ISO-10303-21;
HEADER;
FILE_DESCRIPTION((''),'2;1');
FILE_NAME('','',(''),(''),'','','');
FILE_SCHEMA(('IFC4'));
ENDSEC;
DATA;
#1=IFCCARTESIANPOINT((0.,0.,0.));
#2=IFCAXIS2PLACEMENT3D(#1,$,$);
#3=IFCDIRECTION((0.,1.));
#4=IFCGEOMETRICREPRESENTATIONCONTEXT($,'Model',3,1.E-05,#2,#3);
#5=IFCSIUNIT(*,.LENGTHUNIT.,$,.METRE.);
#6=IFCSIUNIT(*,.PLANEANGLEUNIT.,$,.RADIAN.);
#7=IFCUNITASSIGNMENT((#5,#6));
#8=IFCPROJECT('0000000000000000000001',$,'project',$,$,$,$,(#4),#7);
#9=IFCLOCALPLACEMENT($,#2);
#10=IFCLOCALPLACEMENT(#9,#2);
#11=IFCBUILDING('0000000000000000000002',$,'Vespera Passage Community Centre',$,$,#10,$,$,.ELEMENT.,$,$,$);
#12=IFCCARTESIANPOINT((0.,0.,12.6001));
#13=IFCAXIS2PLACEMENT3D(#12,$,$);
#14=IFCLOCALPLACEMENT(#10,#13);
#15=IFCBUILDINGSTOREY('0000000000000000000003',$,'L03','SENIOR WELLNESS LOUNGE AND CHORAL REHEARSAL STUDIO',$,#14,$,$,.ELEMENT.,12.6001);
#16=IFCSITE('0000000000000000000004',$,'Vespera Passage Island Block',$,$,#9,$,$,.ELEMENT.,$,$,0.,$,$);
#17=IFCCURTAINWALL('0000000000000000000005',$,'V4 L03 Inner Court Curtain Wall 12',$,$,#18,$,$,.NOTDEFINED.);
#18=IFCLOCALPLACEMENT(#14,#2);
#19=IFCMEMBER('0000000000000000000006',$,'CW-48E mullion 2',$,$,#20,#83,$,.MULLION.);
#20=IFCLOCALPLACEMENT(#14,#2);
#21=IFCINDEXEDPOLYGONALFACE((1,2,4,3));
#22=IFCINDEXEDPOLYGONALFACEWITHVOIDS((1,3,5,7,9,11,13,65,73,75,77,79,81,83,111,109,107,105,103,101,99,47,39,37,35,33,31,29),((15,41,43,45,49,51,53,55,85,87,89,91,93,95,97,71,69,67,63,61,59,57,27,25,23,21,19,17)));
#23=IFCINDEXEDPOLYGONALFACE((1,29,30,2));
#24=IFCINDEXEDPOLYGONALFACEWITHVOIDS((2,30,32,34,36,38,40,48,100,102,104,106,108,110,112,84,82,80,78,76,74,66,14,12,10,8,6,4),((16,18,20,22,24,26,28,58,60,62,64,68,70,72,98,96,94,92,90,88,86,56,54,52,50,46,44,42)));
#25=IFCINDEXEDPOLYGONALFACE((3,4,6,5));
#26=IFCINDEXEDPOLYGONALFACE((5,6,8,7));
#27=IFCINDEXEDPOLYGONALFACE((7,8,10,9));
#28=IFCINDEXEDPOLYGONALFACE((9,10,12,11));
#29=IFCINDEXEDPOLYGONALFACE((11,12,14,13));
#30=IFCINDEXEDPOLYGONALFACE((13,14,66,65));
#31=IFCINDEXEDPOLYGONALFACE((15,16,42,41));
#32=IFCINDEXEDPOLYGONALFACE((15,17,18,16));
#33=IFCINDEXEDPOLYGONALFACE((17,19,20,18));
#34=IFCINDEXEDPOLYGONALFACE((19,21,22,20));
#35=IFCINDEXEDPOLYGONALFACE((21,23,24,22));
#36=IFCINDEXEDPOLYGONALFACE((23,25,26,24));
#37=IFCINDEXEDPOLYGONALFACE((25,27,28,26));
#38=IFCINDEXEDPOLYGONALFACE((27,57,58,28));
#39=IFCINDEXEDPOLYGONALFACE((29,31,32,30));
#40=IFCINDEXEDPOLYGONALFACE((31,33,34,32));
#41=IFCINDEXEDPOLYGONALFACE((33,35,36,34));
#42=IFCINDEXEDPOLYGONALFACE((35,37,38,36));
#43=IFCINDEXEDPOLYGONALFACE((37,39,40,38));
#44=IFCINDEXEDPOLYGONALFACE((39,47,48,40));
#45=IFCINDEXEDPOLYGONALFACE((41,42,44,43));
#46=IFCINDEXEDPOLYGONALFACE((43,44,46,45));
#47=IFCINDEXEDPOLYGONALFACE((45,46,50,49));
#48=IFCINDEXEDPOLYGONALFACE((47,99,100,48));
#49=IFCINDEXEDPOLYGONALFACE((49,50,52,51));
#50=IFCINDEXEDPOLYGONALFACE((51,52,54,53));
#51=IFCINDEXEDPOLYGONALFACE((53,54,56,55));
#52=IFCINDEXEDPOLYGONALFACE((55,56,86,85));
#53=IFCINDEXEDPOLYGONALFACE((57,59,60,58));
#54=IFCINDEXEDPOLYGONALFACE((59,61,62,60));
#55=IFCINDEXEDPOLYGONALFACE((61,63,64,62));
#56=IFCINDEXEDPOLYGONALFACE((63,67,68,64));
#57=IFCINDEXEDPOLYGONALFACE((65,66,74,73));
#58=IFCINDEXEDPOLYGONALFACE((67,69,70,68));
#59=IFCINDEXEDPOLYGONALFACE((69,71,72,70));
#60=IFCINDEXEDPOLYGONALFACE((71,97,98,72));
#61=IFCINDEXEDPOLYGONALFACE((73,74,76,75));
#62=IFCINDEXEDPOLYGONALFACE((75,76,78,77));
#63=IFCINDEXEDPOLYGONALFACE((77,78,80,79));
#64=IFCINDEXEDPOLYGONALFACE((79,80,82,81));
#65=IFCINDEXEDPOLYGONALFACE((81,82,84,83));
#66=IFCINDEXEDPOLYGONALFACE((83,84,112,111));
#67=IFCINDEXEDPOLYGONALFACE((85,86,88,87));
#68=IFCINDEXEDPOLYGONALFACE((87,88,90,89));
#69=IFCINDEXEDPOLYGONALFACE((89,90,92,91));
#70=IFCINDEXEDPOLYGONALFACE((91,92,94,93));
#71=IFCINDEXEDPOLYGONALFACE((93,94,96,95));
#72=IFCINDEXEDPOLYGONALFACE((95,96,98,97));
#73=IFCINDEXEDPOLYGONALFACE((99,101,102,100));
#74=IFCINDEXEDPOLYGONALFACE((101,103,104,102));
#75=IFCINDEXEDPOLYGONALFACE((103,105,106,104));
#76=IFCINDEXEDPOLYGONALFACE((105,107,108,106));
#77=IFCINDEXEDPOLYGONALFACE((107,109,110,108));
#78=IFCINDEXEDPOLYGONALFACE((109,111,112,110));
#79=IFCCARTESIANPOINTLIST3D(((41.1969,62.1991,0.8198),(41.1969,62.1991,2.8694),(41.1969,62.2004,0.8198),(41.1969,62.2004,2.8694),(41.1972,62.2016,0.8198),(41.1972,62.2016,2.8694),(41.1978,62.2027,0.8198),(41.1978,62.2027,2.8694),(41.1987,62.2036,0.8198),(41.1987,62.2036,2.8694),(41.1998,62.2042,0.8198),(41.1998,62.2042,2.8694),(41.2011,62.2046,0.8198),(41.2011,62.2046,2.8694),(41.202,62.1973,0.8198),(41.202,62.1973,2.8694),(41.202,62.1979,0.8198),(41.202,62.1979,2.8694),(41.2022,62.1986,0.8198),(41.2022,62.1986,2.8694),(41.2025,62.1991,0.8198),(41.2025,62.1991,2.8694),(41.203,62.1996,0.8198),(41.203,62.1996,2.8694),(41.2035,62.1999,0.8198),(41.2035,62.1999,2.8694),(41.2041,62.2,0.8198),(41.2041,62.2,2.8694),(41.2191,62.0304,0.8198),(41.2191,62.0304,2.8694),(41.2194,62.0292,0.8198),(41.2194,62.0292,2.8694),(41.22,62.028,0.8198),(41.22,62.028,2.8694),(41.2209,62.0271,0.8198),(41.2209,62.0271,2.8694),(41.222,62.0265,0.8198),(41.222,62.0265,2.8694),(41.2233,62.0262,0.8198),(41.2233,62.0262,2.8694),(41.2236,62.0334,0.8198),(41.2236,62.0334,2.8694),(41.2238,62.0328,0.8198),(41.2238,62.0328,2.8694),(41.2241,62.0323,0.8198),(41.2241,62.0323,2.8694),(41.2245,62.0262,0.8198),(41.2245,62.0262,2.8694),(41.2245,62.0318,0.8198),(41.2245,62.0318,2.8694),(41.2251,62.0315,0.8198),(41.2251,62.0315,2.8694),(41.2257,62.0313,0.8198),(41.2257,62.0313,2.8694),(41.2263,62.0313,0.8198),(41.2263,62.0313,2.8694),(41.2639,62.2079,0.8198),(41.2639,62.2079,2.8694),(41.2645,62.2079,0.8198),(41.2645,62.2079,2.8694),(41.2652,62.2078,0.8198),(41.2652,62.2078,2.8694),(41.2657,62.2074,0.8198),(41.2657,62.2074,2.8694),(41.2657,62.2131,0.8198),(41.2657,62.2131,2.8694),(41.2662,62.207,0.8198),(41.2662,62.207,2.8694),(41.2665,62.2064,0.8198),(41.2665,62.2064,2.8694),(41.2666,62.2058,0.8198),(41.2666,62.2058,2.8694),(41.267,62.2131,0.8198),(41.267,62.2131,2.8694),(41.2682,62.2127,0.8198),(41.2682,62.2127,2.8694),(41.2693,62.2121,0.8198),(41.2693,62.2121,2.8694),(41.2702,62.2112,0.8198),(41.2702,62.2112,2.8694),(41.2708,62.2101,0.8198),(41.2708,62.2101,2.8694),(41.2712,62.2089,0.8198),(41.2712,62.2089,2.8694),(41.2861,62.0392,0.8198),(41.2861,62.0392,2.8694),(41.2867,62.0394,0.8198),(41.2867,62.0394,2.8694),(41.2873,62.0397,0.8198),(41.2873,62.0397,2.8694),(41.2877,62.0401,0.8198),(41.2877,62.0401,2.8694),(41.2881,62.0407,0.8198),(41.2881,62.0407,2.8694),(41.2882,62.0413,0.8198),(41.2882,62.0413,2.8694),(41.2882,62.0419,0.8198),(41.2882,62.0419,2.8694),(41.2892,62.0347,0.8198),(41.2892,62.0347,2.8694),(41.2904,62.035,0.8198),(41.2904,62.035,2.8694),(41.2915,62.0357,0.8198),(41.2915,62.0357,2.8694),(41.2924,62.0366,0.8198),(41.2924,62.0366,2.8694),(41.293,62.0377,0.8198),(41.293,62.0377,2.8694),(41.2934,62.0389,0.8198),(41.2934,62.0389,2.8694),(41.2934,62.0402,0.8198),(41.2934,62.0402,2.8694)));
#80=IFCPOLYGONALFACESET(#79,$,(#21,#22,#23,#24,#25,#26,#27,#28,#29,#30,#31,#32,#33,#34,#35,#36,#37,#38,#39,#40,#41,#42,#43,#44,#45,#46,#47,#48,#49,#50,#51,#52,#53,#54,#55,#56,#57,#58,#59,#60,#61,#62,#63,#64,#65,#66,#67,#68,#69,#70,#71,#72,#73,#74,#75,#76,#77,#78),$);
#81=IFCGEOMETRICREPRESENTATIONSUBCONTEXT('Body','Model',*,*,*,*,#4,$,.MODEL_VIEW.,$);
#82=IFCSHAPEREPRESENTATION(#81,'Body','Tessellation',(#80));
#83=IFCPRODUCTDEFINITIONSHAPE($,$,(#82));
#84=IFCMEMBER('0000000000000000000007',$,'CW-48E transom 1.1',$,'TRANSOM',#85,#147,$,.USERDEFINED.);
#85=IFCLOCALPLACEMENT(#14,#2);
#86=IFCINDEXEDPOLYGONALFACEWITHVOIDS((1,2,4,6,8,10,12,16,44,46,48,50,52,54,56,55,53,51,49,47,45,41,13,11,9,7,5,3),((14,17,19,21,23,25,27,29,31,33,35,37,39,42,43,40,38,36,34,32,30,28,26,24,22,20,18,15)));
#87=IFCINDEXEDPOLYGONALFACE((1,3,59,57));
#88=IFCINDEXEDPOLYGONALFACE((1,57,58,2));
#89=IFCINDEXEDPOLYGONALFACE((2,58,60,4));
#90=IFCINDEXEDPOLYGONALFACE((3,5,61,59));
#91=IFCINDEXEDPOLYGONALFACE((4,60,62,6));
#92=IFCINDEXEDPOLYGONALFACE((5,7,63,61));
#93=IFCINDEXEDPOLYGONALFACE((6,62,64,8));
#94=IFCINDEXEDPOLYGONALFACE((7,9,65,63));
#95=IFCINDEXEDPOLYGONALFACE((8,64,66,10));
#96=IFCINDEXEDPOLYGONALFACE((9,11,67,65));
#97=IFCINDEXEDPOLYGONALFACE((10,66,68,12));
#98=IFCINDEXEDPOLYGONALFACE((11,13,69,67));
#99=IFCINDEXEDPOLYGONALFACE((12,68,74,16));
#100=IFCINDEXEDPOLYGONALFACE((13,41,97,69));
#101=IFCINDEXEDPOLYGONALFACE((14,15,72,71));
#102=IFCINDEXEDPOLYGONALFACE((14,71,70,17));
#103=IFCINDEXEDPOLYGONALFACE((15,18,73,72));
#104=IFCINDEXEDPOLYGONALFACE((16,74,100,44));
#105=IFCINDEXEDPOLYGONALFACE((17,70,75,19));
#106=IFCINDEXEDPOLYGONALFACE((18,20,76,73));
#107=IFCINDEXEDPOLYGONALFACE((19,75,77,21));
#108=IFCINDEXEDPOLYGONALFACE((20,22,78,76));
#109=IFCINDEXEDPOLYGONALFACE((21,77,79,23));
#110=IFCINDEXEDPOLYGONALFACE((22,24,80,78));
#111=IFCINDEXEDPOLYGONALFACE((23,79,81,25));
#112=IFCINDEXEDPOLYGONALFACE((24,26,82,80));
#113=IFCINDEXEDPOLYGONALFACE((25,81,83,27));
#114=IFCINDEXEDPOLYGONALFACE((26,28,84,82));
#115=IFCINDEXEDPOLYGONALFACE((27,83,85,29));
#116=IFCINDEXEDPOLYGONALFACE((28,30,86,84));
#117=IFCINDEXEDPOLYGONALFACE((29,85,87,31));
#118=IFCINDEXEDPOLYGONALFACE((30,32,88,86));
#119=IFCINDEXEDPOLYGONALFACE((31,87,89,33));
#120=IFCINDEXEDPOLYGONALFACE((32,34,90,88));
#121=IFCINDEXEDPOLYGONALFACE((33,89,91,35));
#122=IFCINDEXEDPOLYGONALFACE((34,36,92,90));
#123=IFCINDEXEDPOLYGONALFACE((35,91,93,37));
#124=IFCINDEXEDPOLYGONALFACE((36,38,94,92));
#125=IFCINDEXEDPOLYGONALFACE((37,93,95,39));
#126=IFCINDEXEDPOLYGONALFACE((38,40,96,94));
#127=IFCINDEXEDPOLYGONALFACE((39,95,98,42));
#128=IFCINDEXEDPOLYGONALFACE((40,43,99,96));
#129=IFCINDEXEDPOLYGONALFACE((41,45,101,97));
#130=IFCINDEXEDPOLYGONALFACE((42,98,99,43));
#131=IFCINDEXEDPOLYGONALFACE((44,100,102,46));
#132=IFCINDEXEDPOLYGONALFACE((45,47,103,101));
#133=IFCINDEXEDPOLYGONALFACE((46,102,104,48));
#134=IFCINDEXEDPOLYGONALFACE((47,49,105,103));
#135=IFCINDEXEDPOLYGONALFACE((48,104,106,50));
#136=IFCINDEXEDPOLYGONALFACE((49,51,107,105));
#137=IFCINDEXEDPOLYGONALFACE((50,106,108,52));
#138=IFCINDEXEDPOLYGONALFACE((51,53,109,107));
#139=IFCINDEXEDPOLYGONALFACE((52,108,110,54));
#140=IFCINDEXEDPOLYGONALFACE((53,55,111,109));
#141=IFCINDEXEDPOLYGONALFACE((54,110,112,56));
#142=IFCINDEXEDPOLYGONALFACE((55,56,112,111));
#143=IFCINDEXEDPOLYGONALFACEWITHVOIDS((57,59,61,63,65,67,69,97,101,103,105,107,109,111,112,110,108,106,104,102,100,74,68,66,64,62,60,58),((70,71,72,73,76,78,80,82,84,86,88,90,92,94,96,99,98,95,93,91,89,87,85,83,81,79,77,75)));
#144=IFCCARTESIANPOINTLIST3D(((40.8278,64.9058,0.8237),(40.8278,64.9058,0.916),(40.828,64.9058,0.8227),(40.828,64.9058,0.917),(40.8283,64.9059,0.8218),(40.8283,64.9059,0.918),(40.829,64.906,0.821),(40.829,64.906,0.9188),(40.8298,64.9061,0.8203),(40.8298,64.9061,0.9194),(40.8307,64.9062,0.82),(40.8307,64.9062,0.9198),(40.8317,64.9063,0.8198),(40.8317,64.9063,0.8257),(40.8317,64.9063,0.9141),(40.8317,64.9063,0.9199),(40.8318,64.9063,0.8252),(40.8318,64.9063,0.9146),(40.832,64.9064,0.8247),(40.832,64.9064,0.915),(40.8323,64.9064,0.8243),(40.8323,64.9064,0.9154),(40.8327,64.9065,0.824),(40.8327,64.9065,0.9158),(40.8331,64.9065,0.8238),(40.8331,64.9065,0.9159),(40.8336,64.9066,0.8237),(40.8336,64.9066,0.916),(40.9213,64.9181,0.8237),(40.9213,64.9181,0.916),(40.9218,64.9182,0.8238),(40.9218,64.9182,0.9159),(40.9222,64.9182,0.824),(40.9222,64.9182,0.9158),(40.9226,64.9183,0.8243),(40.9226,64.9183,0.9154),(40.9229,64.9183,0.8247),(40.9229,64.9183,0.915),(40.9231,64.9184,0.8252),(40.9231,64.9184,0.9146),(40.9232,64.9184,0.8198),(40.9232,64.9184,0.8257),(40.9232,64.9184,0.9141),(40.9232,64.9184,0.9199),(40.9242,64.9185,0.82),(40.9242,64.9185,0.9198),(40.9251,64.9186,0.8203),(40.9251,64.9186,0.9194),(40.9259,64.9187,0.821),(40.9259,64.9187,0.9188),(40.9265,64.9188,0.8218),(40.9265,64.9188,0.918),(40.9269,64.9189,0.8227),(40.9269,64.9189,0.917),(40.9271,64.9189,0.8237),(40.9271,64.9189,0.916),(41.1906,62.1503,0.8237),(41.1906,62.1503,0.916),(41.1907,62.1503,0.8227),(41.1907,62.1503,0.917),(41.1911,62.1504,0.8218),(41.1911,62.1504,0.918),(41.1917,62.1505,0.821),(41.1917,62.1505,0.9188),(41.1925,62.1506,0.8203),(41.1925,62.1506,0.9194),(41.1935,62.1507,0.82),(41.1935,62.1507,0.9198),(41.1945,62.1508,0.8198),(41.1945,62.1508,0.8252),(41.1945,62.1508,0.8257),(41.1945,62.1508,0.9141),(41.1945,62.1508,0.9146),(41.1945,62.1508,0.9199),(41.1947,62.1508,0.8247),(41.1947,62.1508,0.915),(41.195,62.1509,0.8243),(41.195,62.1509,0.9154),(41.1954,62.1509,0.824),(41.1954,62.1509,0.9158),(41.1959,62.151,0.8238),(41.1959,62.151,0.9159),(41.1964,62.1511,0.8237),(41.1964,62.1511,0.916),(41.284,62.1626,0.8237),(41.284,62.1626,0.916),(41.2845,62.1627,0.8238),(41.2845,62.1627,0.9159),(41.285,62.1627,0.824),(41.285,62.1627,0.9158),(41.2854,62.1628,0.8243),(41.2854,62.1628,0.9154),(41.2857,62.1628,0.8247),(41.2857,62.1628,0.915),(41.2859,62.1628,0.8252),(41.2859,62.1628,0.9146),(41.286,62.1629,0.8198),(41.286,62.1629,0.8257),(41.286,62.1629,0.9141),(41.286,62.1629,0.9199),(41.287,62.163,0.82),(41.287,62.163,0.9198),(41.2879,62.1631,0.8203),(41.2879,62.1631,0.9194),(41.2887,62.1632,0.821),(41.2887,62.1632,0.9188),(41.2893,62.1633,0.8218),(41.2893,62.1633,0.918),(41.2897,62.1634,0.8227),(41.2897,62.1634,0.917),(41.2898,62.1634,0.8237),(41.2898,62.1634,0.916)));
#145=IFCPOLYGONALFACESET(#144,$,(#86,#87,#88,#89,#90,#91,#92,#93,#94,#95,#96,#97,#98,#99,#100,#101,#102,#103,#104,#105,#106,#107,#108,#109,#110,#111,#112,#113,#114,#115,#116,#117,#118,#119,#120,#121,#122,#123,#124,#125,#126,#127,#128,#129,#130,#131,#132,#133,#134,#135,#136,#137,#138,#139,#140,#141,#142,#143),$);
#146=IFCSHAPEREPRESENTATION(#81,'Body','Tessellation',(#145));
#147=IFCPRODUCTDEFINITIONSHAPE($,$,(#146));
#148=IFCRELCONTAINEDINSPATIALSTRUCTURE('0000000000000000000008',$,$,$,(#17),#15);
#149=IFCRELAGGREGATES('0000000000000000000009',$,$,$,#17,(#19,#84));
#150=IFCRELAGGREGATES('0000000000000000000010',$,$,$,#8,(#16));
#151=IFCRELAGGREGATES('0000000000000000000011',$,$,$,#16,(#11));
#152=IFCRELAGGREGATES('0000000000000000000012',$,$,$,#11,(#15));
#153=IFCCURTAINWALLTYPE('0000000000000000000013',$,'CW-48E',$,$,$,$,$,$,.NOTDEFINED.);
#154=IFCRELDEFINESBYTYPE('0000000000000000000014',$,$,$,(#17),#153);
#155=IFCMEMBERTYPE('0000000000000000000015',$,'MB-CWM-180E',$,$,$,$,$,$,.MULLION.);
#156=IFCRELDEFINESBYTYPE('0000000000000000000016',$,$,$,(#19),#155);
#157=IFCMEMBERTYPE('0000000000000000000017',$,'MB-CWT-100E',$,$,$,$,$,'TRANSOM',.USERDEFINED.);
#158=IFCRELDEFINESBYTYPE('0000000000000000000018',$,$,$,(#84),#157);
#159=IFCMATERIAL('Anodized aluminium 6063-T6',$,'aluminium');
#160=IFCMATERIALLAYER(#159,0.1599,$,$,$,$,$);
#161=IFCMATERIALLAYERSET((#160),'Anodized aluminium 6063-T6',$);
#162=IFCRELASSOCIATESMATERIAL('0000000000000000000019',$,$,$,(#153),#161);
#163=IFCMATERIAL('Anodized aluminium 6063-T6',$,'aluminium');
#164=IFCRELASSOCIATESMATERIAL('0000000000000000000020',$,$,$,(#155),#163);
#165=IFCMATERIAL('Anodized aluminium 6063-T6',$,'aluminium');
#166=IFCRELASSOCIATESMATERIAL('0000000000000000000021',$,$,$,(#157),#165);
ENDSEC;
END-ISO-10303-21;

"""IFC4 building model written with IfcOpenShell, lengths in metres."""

from ifc_helpers import new_model, si_unit, direction, frame, origin, origin_2d, place, context, subcontext, project, spatial, hollow_rectangle, extrude, material, layer, layer_set, material_profile, profile_set, type_object, element, aggregate, save


model = new_model("IFC4")

# Units and contexts
model_context = context("Model", 3, precision=1e-05, world=origin(), true_north=direction((0.0, 1.0)))
body_context = subcontext(model_context, "Body", "Model", "MODEL_VIEW")
ifc_project = project(units=[si_unit("LENGTHUNIT", "METRE"), si_unit("PLANEANGLEUNIT", "RADIAN")], contexts=[model_context])

# Site, building, storey
site_placement = place(None, origin())
site = spatial("IfcSite", under=ifc_project, at=site_placement, Name="Vespera Passage Island Block", CompositionType="ELEMENT", RefElevation=0.0)
building_placement = place(site_placement, origin())
building = spatial("IfcBuilding", under=site, at=building_placement, Name="Vespera Passage Community Centre", CompositionType="ELEMENT")
storey_placement = place(building_placement, frame((0.0, 0.0, 12.6001)))
storey = spatial("IfcBuildingStorey", under=building, at=storey_placement, Name="L03", Description="SENIOR WELLNESS LOUNGE AND CHORAL REHEARSAL STUDIO", CompositionType="ELEMENT", Elevation=12.6001)

# Curtain wall, members
ifc_material_1 = material(Name="Anodized aluminium 6063-T6", Category="aluminium")
ifc_layer_1 = layer(ifc_material_1, 0.1599)
ifc_layer_set_1 = layer_set([ifc_layer_1], Name="Anodized aluminium 6063-T6")
curtain_wall_type_1 = type_object("IfcCurtainWallType", Name="CW-48E", PredefinedType="NOTDEFINED", material=ifc_layer_set_1)
curtain_wall_1_placement = place(storey_placement, origin())
curtain_wall_1 = element("IfcCurtainWall", 1, at=curtain_wall_1_placement, inside=storey, type_object=curtain_wall_type_1, Name="V4 L03 Inner Court Curtain Wall 12", PredefinedType="NOTDEFINED")
ifc_material_2 = material(Name="Anodized aluminium 6063-T6", Category="aluminium")
ifc_material_profile_1 = material_profile(ifc_material_2, hollow_rectangle(XDim=0.075, YDim=0.1799, WallThickness=0.0049, InnerFilletRadius=0.0024, OuterFilletRadius=0.0049, at=origin_2d()), Name="ALU180X75X5")
ifc_profile_set_1 = profile_set([ifc_material_profile_1], Name="Anodized aluminium 6063-T6")
member_type_1 = type_object("IfcMemberType", Name="MB-CWM-180E", PredefinedType="MULLION", material=ifc_profile_set_1)
member_1_placement = place(storey_placement, frame((41.2451, 62.1196, 0.8198), z_axis=(0.0, 0.0, 1.0), x_axis=(0.991445, 0.130522, 0.0)))
member_1 = element("IfcMember", 2, at=member_1_placement, type_object=member_type_1, Name="CW-48E mullion 2", PredefinedType="MULLION", context=body_context, shape_type="SweptSolid", body=[
    extrude(hollow_rectangle(XDim=0.075, YDim=0.1799, WallThickness=0.0049, InnerFilletRadius=0.0024, OuterFilletRadius=0.0049, at=origin_2d()), origin(), (0.0, 0.0, 1.0), 2.0496),
])
ifc_material_3 = material(Name="Anodized aluminium 6063-T6", Category="aluminium")
ifc_material_profile_2 = material_profile(ifc_material_3, hollow_rectangle(XDim=0.1001, YDim=0.1001, WallThickness=0.0039, InnerFilletRadius=0.002, OuterFilletRadius=0.0039, at=origin_2d()), Name="ALU100X100X4")
ifc_profile_set_2 = profile_set([ifc_material_profile_2], Name="Anodized aluminium 6063-T6")
member_type_2 = type_object("IfcMemberType", Name="MB-CWT-100E", ElementType="TRANSOM", PredefinedType="USERDEFINED", material=ifc_profile_set_2)
member_2_placement = place(storey_placement, frame((40.8774, 64.9124, 0.8699), z_axis=(0.130529, -0.991444, 0.0), x_axis=(0.991444, 0.130529, 0.0)))
member_2 = element("IfcMember", 3, at=member_2_placement, type_object=member_type_2, Name="CW-48E transom 1.1", ObjectType="TRANSOM", PredefinedType="USERDEFINED", context=body_context, shape_type="SweptSolid", body=[
    extrude(hollow_rectangle(XDim=0.1001, YDim=0.1001, WallThickness=0.0039, InnerFilletRadius=0.002, OuterFilletRadius=0.0039, at=origin_2d()), origin(), (0.0, 0.0, 1.0), 2.7793),
])

aggregate(curtain_wall_1, [member_1, member_2])

save(model, "model.ifc")
